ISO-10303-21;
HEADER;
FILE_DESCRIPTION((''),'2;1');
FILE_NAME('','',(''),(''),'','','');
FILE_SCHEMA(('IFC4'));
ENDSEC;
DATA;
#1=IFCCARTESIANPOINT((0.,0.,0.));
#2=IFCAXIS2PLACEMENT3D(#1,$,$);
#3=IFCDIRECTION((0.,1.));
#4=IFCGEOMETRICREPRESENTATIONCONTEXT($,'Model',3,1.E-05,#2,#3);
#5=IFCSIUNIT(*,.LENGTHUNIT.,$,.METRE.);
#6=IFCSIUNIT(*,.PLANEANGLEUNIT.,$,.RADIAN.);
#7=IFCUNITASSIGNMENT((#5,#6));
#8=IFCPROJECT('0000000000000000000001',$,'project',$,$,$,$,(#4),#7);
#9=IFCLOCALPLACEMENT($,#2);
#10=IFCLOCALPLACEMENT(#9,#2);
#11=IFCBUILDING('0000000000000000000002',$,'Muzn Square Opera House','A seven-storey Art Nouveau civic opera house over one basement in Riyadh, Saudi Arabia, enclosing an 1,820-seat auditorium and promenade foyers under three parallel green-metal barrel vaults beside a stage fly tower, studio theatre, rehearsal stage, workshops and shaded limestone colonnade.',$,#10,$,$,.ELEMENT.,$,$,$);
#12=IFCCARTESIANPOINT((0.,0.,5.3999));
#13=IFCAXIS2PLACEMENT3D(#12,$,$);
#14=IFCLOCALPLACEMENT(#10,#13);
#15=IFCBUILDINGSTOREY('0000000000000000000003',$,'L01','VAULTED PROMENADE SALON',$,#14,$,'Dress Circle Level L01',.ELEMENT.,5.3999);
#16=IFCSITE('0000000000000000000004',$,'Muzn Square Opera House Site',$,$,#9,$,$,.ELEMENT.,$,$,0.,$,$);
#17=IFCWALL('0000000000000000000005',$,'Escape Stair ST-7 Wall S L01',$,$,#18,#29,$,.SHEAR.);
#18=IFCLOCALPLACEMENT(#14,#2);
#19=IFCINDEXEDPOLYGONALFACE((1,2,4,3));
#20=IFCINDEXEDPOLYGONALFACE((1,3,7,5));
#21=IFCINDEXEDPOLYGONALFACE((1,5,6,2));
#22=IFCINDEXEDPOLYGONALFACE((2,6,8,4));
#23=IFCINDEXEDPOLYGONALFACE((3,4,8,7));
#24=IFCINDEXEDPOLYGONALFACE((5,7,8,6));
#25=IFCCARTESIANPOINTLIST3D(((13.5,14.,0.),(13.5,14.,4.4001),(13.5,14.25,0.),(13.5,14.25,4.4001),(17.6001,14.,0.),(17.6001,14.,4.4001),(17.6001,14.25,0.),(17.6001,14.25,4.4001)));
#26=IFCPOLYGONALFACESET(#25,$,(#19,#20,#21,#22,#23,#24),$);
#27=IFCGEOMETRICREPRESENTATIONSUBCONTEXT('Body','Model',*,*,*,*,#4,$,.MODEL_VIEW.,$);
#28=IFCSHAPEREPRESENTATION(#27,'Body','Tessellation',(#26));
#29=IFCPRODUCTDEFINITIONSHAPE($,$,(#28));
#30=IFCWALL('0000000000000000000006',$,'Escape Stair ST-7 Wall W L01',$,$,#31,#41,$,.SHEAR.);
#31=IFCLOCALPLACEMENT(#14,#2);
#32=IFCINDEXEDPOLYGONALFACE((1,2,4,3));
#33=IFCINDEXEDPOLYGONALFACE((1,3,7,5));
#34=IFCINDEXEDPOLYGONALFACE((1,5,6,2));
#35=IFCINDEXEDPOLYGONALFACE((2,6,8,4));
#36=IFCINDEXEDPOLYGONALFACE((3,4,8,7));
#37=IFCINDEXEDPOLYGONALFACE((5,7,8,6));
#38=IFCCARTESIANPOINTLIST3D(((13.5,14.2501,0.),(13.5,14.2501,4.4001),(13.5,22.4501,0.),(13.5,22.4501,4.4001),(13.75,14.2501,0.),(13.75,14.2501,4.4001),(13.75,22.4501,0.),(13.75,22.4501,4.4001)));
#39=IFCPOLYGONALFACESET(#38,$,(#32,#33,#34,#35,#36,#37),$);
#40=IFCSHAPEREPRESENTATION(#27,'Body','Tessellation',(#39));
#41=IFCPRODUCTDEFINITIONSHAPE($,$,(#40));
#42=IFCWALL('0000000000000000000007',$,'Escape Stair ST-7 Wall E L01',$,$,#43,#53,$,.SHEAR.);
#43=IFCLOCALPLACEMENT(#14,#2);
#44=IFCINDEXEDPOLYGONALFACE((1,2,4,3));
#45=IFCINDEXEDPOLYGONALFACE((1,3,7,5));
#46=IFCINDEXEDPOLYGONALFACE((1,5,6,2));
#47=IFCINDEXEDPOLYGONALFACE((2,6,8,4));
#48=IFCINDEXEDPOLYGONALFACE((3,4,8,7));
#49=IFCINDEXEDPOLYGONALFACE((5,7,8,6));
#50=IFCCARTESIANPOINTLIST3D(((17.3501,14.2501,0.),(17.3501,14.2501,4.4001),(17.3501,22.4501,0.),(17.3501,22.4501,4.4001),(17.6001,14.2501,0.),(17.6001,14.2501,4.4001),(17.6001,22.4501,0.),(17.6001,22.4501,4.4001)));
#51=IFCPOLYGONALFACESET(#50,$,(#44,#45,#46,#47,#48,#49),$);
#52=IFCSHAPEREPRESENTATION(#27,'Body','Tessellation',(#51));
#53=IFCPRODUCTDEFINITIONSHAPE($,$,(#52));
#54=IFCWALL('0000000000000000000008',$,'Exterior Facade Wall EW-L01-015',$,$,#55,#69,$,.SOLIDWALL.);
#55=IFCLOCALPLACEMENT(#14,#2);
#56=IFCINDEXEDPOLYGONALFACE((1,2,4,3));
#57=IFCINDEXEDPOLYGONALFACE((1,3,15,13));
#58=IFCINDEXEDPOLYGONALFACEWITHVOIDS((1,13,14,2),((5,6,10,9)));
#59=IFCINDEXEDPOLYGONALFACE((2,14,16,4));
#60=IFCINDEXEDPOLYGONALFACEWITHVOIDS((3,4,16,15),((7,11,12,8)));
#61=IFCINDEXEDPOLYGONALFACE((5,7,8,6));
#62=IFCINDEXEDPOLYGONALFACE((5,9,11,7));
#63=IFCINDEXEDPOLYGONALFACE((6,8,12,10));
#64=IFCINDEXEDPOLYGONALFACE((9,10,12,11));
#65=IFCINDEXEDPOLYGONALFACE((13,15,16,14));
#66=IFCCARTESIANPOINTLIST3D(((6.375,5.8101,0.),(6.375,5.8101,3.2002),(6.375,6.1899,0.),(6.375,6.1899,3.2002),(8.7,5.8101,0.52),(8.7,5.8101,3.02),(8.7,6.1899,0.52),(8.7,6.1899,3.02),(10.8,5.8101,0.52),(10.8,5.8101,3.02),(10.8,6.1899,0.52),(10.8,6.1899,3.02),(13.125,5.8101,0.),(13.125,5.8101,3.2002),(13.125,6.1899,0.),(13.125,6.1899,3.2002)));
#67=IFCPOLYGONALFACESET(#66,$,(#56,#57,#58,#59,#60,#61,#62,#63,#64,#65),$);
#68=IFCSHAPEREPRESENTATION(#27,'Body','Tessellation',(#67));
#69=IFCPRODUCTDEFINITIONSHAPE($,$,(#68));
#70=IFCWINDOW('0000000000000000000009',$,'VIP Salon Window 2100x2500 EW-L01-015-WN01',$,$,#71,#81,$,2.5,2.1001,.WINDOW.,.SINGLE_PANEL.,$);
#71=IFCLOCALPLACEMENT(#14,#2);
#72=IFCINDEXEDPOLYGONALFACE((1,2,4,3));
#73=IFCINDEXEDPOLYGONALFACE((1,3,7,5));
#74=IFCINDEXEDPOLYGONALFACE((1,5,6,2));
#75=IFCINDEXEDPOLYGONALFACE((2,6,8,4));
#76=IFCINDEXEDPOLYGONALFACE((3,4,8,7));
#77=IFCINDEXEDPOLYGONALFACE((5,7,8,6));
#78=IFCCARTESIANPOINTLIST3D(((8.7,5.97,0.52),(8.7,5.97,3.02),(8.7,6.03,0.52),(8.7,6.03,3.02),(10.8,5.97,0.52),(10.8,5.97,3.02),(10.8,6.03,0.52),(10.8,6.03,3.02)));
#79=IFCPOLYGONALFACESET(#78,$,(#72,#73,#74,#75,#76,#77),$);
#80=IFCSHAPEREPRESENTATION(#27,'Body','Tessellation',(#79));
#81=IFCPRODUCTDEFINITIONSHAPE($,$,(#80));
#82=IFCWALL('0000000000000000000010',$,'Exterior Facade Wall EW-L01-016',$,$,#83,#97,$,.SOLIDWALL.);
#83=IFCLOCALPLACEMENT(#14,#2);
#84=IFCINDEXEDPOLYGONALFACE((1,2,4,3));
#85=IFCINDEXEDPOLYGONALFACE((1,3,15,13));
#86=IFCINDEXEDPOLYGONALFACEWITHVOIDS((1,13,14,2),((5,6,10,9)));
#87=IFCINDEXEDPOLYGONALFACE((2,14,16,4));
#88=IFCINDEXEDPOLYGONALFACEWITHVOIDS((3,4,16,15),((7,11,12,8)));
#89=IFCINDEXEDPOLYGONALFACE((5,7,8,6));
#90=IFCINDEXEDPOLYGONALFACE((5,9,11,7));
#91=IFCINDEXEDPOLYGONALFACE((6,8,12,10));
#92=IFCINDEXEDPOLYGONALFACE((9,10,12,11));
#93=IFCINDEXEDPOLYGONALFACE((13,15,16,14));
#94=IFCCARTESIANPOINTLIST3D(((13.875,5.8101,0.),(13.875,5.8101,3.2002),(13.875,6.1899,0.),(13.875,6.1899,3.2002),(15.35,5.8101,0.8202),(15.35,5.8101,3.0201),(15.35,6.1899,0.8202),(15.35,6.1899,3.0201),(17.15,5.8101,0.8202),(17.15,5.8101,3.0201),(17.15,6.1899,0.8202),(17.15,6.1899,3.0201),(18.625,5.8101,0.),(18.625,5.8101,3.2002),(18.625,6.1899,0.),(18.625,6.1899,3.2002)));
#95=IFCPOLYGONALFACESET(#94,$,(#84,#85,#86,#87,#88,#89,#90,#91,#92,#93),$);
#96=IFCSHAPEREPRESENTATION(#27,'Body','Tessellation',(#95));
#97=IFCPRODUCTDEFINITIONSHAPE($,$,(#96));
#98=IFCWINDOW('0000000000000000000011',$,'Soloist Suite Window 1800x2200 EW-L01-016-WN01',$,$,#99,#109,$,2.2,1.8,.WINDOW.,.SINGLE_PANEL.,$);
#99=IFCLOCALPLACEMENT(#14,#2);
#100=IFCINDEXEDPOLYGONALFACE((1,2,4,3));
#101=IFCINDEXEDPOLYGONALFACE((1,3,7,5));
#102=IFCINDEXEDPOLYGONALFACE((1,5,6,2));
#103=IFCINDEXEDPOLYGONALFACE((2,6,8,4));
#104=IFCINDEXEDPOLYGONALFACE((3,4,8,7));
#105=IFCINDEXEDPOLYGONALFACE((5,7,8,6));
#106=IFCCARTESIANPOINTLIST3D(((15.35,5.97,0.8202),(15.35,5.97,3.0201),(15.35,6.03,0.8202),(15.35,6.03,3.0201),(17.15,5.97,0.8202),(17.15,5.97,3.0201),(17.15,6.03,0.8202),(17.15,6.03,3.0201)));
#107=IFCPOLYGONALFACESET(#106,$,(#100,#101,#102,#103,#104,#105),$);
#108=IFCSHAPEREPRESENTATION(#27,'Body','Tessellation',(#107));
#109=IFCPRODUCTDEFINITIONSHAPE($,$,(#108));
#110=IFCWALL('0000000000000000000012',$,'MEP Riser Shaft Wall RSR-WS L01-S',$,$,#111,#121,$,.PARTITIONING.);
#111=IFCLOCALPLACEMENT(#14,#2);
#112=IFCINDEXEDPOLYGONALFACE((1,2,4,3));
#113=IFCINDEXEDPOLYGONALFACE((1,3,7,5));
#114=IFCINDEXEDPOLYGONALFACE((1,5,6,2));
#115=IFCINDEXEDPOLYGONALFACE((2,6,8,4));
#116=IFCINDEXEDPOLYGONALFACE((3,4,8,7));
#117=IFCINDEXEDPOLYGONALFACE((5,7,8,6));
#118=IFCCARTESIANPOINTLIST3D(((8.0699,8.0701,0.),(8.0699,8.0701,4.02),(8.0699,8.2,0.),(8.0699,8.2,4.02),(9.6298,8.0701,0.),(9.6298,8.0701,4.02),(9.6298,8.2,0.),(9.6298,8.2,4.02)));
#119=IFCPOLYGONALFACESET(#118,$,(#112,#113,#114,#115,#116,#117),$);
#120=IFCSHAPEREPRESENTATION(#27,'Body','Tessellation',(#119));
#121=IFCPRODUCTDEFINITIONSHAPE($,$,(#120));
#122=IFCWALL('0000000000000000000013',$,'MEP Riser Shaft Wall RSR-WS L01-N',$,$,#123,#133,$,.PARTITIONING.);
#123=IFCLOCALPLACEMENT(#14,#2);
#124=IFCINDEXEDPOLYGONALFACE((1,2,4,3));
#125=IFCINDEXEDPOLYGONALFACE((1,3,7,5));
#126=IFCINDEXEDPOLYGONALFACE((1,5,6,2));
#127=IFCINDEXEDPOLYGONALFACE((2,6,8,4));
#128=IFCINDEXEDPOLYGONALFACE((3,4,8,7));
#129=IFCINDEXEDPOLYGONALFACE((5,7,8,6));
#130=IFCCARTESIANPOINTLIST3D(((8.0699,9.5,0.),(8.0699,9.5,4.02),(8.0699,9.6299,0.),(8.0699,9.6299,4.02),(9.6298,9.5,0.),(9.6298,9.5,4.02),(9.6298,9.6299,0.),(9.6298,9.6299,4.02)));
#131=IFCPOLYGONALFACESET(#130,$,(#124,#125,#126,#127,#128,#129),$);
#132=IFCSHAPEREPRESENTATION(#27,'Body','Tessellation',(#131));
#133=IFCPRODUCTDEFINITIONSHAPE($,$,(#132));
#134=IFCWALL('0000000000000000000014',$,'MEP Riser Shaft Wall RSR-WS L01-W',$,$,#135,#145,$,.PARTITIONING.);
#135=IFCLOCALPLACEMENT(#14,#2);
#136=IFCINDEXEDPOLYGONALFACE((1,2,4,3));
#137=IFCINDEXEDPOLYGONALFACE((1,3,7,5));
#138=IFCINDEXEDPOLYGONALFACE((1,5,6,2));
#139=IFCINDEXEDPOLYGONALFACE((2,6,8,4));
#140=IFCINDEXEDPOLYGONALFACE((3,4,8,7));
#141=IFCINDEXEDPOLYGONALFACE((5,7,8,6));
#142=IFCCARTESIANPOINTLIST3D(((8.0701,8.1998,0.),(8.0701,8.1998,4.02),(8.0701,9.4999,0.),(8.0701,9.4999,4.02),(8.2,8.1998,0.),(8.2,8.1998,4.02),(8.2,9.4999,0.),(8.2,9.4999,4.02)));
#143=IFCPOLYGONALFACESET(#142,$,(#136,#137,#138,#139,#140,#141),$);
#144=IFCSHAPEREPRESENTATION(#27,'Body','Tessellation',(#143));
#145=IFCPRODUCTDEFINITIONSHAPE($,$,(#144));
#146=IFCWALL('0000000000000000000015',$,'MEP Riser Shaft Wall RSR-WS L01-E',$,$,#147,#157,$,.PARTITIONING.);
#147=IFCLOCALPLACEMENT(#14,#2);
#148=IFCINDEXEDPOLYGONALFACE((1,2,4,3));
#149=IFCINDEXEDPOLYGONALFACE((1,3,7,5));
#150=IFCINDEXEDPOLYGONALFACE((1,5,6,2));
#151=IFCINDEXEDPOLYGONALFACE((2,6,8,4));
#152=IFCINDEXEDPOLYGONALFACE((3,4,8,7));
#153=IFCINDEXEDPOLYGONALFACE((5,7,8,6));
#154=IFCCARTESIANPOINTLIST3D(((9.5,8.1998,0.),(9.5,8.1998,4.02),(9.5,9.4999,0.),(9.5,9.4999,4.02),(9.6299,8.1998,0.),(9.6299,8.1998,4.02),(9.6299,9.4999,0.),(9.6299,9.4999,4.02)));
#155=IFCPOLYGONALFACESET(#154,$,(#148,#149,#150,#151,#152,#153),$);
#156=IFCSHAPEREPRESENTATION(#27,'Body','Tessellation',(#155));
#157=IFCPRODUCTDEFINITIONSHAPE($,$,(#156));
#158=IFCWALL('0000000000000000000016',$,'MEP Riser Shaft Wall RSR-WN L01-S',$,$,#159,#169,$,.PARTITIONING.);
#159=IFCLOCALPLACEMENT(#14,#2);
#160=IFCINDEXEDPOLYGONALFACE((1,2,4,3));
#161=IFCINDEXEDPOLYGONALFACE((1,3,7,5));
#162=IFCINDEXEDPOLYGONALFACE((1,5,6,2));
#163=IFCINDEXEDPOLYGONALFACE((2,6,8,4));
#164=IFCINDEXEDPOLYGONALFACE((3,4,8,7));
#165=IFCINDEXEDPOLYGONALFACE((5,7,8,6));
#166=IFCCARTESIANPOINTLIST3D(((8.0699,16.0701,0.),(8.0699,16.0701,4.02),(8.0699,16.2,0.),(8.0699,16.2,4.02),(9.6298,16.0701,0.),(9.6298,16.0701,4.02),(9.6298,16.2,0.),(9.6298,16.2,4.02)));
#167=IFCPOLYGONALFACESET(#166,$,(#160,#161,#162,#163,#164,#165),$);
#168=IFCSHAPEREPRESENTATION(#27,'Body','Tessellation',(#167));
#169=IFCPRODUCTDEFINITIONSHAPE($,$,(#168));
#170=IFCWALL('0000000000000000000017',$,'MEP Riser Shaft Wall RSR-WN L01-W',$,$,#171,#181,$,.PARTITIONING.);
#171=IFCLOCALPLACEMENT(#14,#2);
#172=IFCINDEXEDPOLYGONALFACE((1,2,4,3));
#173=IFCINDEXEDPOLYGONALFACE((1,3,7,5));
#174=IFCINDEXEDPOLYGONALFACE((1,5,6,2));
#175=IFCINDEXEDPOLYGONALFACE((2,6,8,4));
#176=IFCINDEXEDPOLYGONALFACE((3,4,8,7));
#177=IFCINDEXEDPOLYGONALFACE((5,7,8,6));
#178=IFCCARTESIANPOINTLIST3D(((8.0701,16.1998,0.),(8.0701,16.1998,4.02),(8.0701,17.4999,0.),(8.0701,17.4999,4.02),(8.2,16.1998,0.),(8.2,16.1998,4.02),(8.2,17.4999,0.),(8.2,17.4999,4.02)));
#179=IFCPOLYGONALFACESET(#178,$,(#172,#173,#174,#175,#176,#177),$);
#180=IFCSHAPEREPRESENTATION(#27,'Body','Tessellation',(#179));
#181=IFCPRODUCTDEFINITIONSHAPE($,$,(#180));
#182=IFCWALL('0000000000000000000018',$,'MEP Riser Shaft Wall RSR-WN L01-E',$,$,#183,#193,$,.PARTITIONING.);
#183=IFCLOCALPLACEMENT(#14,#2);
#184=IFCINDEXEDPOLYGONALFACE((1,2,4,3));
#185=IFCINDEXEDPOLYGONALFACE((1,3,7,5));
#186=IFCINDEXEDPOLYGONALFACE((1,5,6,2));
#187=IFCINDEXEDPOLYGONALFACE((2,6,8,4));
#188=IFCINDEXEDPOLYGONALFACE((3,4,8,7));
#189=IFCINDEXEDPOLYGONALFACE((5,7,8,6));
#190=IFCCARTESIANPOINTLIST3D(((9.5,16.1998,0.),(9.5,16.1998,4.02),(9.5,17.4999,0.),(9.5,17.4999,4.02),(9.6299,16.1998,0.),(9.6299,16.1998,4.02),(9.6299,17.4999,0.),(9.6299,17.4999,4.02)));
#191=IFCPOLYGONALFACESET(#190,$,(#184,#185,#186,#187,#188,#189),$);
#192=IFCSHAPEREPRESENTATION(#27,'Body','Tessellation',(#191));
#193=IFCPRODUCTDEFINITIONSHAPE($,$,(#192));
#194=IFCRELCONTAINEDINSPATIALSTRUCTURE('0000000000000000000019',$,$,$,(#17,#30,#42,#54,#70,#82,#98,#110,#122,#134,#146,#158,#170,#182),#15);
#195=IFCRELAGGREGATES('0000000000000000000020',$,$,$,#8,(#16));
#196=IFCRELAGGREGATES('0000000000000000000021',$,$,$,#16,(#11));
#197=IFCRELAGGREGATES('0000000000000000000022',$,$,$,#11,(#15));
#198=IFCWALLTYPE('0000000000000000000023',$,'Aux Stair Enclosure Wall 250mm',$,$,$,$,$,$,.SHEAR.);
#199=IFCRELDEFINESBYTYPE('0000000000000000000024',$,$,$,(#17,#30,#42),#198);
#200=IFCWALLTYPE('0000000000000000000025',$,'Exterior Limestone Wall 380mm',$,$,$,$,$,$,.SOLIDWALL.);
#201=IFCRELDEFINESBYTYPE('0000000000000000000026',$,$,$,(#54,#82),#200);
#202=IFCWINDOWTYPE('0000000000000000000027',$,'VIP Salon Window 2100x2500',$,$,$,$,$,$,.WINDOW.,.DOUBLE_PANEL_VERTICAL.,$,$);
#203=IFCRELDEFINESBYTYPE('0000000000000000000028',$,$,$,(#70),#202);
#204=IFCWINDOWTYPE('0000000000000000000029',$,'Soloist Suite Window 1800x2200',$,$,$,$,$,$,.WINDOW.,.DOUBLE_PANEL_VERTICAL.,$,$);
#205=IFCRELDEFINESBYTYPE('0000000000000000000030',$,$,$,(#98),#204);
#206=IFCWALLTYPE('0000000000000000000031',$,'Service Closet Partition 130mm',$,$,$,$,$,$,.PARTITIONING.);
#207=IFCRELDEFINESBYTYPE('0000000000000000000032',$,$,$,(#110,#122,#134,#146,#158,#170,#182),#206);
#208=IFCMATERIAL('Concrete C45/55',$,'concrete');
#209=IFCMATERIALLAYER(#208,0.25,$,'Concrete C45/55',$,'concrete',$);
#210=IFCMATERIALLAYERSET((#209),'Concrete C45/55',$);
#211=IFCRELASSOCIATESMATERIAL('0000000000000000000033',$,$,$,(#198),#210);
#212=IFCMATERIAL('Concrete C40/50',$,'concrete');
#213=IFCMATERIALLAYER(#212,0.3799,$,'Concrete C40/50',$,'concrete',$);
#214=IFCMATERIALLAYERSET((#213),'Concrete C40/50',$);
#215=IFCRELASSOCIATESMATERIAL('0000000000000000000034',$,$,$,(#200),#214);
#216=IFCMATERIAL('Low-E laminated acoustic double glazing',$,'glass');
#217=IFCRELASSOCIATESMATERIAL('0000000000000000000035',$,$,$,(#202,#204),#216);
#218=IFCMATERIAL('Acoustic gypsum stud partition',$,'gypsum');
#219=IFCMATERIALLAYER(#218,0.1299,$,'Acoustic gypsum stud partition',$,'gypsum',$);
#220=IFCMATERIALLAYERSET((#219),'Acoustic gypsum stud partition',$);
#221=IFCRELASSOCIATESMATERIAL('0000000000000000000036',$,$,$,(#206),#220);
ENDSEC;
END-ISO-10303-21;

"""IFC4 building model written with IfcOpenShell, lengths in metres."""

from ifc_helpers import new_model, si_unit, direction, frame, frame_2d, origin, place, context, subcontext, project, spatial, rectangle, extrude, material, layer, layer_set, type_object, element, fill, save


model = new_model("IFC4")

# Units and contexts
model_context = context("Model", 3, precision=1e-05, world=origin(), true_north=direction((0.0, 1.0)))
body_context = subcontext(model_context, "Body", "Model", "MODEL_VIEW")
ifc_project = project(units=[si_unit("LENGTHUNIT", "METRE"), si_unit("PLANEANGLEUNIT", "RADIAN")], contexts=[model_context])

# Site, building, storey
site_placement = place(None, origin())
site = spatial("IfcSite", under=ifc_project, at=site_placement, Name="Muzn Square Opera House Site", CompositionType="ELEMENT", RefElevation=0.0)
building_placement = place(site_placement, origin())
building = spatial("IfcBuilding", under=site, at=building_placement, Name="Muzn Square Opera House", Description="A seven-storey Art Nouveau civic opera house over one basement in Riyadh, Saudi Arabia, enclosing an 1,820-seat auditorium and promenade foyers under three parallel green-metal barrel vaults beside a stage fly tower, studio theatre, rehearsal stage, workshops and shaded limestone colonnade.", CompositionType="ELEMENT")
storey_placement = place(building_placement, frame((0.0, 0.0, 5.3999)))
storey = spatial("IfcBuildingStorey", under=building, at=storey_placement, Name="L01", Description="VAULTED PROMENADE SALON", LongName="Dress Circle Level L01", CompositionType="ELEMENT", Elevation=5.3999)

# Shared definitions
ifc_material_1 = material(Name="Concrete C45/55", Category="concrete")

# Shared definitions
ifc_material_2 = material(Name="Concrete C40/50", Category="concrete")

# Walls
ifc_layer_1 = layer(ifc_material_1, 0.25, Name="Concrete C45/55", Category="concrete")
ifc_layer_set_1 = layer_set([ifc_layer_1], Name="Concrete C45/55")
wall_type_1 = type_object("IfcWallType", Name="Aux Stair Enclosure Wall 250mm", PredefinedType="SHEAR", material=ifc_layer_set_1)
wall_1_placement = place(storey_placement, frame((13.5, 14.125, 0.0), z_axis=(0.0, 0.0, 1.0), x_axis=(1.0, 0.0, 0.0)))
element("IfcWall", 1, at=wall_1_placement, inside=storey, type_object=wall_type_1, Name="Escape Stair ST-7 Wall S L01", PredefinedType="SHEAR", context=body_context, shape_type="SweptSolid", body=[
    extrude(rectangle(XDim=4.1001, YDim=0.25, at=frame_2d((2.05, 0.0))), origin(), (0.0, 0.0, 1.0), 4.4001),
])
for number, where, z_axis, x_axis, name in (
    (2, (13.625, 14.25, 0.0), (0.0, 0.0, 1.0), (0.0, 1.0, 0.0), "Escape Stair ST-7 Wall W L01"),
    (3, (17.4751, 14.25, 0.0), (0.0, 0.0, 1.0), (0.0, 1.0, 0.0), "Escape Stair ST-7 Wall E L01"),
):
    element("IfcWall", number, at=place(storey_placement, frame(where, z_axis=z_axis, x_axis=x_axis)), inside=storey, type_object=wall_type_1, Name=name, PredefinedType="SHEAR", context=body_context, shape_type="SweptSolid", body=[
        extrude(rectangle(XDim=8.2, YDim=0.25, at=frame_2d((4.1001, 0.0))), origin(), (0.0, 0.0, 1.0), 4.4001),
    ])

# Walls, openings, windows
ifc_layer_2 = layer(ifc_material_2, 0.3799, Name="Concrete C40/50", Category="concrete")
ifc_layer_set_2 = layer_set([ifc_layer_2], Name="Concrete C40/50")
wall_type_2 = type_object("IfcWallType", Name="Exterior Limestone Wall 380mm", PredefinedType="SOLIDWALL", material=ifc_layer_set_2)
wall_2_placement = place(storey_placement, frame((6.375, 6.0, 0.0), z_axis=(0.0, 0.0, 1.0), x_axis=(1.0, 0.0, 0.0)))
wall_2 = element("IfcWall", 4, at=wall_2_placement, inside=storey, type_object=wall_type_2, Name="Exterior Facade Wall EW-L01-015", PredefinedType="SOLIDWALL", context=body_context, shape_type="SweptSolid", body=[
    extrude(rectangle(XDim=6.75, YDim=0.3799, at=frame_2d((3.375, 0.0))), origin(), (0.0, 0.0, 1.0), 3.2002),
])
opening_1_placement = place(wall_2_placement, frame((2.325, 0.0, 0.52)))
opening_1 = element("IfcOpeningElement", 5, at=opening_1_placement, cuts=wall_2, PredefinedType="OPENING", context=body_context, shape_type="SweptSolid", body=[
    extrude(rectangle(XDim=2.1001, YDim=2.5, at=frame_2d((1.05, 1.25))), frame((0.0, 0.2, 0.0), z_axis=(0.0, -1.0, 0.0), x_axis=(1.0, 0.0, 0.0)), (0.0, 0.0, 1.0), 0.3999),
])
ifc_material_3 = material(Name="Low-E laminated acoustic double glazing", Category="glass")
window_type_1 = type_object("IfcWindowType", Name="VIP Salon Window 2100x2500", PartitioningType="DOUBLE_PANEL_VERTICAL", PredefinedType="WINDOW", material=ifc_material_3)
window_1_placement = place(opening_1_placement, origin())
window_1 = element("IfcWindow", 6, at=window_1_placement, inside=storey, type_object=window_type_1, Name="VIP Salon Window 2100x2500 EW-L01-015-WN01", OverallHeight=2.5, OverallWidth=2.1001, PartitioningType="SINGLE_PANEL", PredefinedType="WINDOW", context=body_context, shape_type="SweptSolid", body=[
    extrude(rectangle(XDim=2.1001, YDim=2.5, at=frame_2d((1.05, 1.25))), frame((0.0, 0.03, 0.0), z_axis=(0.0, -1.0, 0.0), x_axis=(1.0, 0.0, 0.0)), (0.0, 0.0, 1.0), 0.0601),
])
fill(opening_1, window_1)
wall_3_placement = place(storey_placement, frame((13.875, 6.0, 0.0), z_axis=(0.0, 0.0, 1.0), x_axis=(1.0, 0.0, 0.0)))
wall_3 = element("IfcWall", 7, at=wall_3_placement, inside=storey, type_object=wall_type_2, Name="Exterior Facade Wall EW-L01-016", PredefinedType="SOLIDWALL", context=body_context, shape_type="SweptSolid", body=[
    extrude(rectangle(XDim=4.75, YDim=0.3799, at=frame_2d((2.375, 0.0))), origin(), (0.0, 0.0, 1.0), 3.2002),
])
opening_2_placement = place(wall_3_placement, frame((1.4751, 0.0, 0.8201)))
opening_2 = element("IfcOpeningElement", 8, at=opening_2_placement, cuts=wall_3, PredefinedType="OPENING", context=body_context, shape_type="SweptSolid", body=[
    extrude(rectangle(XDim=1.8, YDim=2.2, at=frame_2d((0.8999, 1.1001))), frame((0.0, 0.2, 0.0), z_axis=(0.0, -1.0, 0.0), x_axis=(1.0, 0.0, 0.0)), (0.0, 0.0, 1.0), 0.3999),
])
window_type_2 = type_object("IfcWindowType", Name="Soloist Suite Window 1800x2200", PartitioningType="DOUBLE_PANEL_VERTICAL", PredefinedType="WINDOW", material=ifc_material_3)
window_2_placement = place(opening_2_placement, origin())
window_2 = element("IfcWindow", 9, at=window_2_placement, inside=storey, type_object=window_type_2, Name="Soloist Suite Window 1800x2200 EW-L01-016-WN01", OverallHeight=2.2, OverallWidth=1.8, PartitioningType="SINGLE_PANEL", PredefinedType="WINDOW", context=body_context, shape_type="SweptSolid", body=[
    extrude(rectangle(XDim=1.8, YDim=2.2, at=frame_2d((0.8999, 1.1001))), frame((0.0, 0.03, 0.0), z_axis=(0.0, -1.0, 0.0), x_axis=(1.0, 0.0, 0.0)), (0.0, 0.0, 1.0), 0.0601),
])
fill(opening_2, window_2)

# Walls
ifc_material_4 = material(Name="Acoustic gypsum stud partition", Category="gypsum")
ifc_layer_3 = layer(ifc_material_4, 0.1299, Name="Acoustic gypsum stud partition", Category="gypsum")
ifc_layer_set_3 = layer_set([ifc_layer_3], Name="Acoustic gypsum stud partition")
wall_type_3 = type_object("IfcWallType", Name="Service Closet Partition 130mm", PredefinedType="PARTITIONING", material=ifc_layer_set_3)
for number, where, z_axis, x_axis, name in (
    (10, (8.0701, 8.135, 0.0), (0.0, 0.0, 1.0), (1.0, 0.0, 0.0), "MEP Riser Shaft Wall RSR-WS L01-S"),
    (11, (8.0701, 9.5649, 0.0), (0.0, 0.0, 1.0), (1.0, 0.0, 0.0), "MEP Riser Shaft Wall RSR-WS L01-N"),
):
    element("IfcWall", number, at=place(storey_placement, frame(where, z_axis=z_axis, x_axis=x_axis)), inside=storey, type_object=wall_type_3, Name=name, PredefinedType="PARTITIONING", context=body_context, shape_type="SweptSolid", body=[
        extrude(rectangle(XDim=1.5598, YDim=0.1299, at=frame_2d((0.7798, 0.0))), origin(), (0.0, 0.0, 1.0), 4.02),
    ])
for number, where, z_axis, x_axis, name in (
    (12, (8.135, 8.2, 0.0), (0.0, 0.0, 1.0), (0.0, 1.0, 0.0), "MEP Riser Shaft Wall RSR-WS L01-W"),
    (13, (9.5649, 8.2, 0.0), (0.0, 0.0, 1.0), (0.0, 1.0, 0.0), "MEP Riser Shaft Wall RSR-WS L01-E"),
):
    element("IfcWall", number, at=place(storey_placement, frame(where, z_axis=z_axis, x_axis=x_axis)), inside=storey, type_object=wall_type_3, Name=name, PredefinedType="PARTITIONING", context=body_context, shape_type="SweptSolid", body=[
        extrude(rectangle(XDim=1.3, YDim=0.1299, at=frame_2d((0.6499, 0.0))), origin(), (0.0, 0.0, 1.0), 4.02),
    ])
wall_4_placement = place(storey_placement, frame((8.0701, 16.135, 0.0), z_axis=(0.0, 0.0, 1.0), x_axis=(1.0, 0.0, 0.0)))
element("IfcWall", 14, at=wall_4_placement, inside=storey, type_object=wall_type_3, Name="MEP Riser Shaft Wall RSR-WN L01-S", PredefinedType="PARTITIONING", context=body_context, shape_type="SweptSolid", body=[
    extrude(rectangle(XDim=1.5598, YDim=0.1299, at=frame_2d((0.7798, 0.0))), origin(), (0.0, 0.0, 1.0), 4.02),
])
for number, where, z_axis, x_axis, name in (
    (15, (8.135, 16.2, 0.0), (0.0, 0.0, 1.0), (0.0, 1.0, 0.0), "MEP Riser Shaft Wall RSR-WN L01-W"),
    (16, (9.5649, 16.2, 0.0), (0.0, 0.0, 1.0), (0.0, 1.0, 0.0), "MEP Riser Shaft Wall RSR-WN L01-E"),
):
    element("IfcWall", number, at=place(storey_placement, frame(where, z_axis=z_axis, x_axis=x_axis)), inside=storey, type_object=wall_type_3, Name=name, PredefinedType="PARTITIONING", context=body_context, shape_type="SweptSolid", body=[
        extrude(rectangle(XDim=1.3, YDim=0.1299, at=frame_2d((0.6499, 0.0))), origin(), (0.0, 0.0, 1.0), 4.02),
    ])

save(model, "model.ifc")
